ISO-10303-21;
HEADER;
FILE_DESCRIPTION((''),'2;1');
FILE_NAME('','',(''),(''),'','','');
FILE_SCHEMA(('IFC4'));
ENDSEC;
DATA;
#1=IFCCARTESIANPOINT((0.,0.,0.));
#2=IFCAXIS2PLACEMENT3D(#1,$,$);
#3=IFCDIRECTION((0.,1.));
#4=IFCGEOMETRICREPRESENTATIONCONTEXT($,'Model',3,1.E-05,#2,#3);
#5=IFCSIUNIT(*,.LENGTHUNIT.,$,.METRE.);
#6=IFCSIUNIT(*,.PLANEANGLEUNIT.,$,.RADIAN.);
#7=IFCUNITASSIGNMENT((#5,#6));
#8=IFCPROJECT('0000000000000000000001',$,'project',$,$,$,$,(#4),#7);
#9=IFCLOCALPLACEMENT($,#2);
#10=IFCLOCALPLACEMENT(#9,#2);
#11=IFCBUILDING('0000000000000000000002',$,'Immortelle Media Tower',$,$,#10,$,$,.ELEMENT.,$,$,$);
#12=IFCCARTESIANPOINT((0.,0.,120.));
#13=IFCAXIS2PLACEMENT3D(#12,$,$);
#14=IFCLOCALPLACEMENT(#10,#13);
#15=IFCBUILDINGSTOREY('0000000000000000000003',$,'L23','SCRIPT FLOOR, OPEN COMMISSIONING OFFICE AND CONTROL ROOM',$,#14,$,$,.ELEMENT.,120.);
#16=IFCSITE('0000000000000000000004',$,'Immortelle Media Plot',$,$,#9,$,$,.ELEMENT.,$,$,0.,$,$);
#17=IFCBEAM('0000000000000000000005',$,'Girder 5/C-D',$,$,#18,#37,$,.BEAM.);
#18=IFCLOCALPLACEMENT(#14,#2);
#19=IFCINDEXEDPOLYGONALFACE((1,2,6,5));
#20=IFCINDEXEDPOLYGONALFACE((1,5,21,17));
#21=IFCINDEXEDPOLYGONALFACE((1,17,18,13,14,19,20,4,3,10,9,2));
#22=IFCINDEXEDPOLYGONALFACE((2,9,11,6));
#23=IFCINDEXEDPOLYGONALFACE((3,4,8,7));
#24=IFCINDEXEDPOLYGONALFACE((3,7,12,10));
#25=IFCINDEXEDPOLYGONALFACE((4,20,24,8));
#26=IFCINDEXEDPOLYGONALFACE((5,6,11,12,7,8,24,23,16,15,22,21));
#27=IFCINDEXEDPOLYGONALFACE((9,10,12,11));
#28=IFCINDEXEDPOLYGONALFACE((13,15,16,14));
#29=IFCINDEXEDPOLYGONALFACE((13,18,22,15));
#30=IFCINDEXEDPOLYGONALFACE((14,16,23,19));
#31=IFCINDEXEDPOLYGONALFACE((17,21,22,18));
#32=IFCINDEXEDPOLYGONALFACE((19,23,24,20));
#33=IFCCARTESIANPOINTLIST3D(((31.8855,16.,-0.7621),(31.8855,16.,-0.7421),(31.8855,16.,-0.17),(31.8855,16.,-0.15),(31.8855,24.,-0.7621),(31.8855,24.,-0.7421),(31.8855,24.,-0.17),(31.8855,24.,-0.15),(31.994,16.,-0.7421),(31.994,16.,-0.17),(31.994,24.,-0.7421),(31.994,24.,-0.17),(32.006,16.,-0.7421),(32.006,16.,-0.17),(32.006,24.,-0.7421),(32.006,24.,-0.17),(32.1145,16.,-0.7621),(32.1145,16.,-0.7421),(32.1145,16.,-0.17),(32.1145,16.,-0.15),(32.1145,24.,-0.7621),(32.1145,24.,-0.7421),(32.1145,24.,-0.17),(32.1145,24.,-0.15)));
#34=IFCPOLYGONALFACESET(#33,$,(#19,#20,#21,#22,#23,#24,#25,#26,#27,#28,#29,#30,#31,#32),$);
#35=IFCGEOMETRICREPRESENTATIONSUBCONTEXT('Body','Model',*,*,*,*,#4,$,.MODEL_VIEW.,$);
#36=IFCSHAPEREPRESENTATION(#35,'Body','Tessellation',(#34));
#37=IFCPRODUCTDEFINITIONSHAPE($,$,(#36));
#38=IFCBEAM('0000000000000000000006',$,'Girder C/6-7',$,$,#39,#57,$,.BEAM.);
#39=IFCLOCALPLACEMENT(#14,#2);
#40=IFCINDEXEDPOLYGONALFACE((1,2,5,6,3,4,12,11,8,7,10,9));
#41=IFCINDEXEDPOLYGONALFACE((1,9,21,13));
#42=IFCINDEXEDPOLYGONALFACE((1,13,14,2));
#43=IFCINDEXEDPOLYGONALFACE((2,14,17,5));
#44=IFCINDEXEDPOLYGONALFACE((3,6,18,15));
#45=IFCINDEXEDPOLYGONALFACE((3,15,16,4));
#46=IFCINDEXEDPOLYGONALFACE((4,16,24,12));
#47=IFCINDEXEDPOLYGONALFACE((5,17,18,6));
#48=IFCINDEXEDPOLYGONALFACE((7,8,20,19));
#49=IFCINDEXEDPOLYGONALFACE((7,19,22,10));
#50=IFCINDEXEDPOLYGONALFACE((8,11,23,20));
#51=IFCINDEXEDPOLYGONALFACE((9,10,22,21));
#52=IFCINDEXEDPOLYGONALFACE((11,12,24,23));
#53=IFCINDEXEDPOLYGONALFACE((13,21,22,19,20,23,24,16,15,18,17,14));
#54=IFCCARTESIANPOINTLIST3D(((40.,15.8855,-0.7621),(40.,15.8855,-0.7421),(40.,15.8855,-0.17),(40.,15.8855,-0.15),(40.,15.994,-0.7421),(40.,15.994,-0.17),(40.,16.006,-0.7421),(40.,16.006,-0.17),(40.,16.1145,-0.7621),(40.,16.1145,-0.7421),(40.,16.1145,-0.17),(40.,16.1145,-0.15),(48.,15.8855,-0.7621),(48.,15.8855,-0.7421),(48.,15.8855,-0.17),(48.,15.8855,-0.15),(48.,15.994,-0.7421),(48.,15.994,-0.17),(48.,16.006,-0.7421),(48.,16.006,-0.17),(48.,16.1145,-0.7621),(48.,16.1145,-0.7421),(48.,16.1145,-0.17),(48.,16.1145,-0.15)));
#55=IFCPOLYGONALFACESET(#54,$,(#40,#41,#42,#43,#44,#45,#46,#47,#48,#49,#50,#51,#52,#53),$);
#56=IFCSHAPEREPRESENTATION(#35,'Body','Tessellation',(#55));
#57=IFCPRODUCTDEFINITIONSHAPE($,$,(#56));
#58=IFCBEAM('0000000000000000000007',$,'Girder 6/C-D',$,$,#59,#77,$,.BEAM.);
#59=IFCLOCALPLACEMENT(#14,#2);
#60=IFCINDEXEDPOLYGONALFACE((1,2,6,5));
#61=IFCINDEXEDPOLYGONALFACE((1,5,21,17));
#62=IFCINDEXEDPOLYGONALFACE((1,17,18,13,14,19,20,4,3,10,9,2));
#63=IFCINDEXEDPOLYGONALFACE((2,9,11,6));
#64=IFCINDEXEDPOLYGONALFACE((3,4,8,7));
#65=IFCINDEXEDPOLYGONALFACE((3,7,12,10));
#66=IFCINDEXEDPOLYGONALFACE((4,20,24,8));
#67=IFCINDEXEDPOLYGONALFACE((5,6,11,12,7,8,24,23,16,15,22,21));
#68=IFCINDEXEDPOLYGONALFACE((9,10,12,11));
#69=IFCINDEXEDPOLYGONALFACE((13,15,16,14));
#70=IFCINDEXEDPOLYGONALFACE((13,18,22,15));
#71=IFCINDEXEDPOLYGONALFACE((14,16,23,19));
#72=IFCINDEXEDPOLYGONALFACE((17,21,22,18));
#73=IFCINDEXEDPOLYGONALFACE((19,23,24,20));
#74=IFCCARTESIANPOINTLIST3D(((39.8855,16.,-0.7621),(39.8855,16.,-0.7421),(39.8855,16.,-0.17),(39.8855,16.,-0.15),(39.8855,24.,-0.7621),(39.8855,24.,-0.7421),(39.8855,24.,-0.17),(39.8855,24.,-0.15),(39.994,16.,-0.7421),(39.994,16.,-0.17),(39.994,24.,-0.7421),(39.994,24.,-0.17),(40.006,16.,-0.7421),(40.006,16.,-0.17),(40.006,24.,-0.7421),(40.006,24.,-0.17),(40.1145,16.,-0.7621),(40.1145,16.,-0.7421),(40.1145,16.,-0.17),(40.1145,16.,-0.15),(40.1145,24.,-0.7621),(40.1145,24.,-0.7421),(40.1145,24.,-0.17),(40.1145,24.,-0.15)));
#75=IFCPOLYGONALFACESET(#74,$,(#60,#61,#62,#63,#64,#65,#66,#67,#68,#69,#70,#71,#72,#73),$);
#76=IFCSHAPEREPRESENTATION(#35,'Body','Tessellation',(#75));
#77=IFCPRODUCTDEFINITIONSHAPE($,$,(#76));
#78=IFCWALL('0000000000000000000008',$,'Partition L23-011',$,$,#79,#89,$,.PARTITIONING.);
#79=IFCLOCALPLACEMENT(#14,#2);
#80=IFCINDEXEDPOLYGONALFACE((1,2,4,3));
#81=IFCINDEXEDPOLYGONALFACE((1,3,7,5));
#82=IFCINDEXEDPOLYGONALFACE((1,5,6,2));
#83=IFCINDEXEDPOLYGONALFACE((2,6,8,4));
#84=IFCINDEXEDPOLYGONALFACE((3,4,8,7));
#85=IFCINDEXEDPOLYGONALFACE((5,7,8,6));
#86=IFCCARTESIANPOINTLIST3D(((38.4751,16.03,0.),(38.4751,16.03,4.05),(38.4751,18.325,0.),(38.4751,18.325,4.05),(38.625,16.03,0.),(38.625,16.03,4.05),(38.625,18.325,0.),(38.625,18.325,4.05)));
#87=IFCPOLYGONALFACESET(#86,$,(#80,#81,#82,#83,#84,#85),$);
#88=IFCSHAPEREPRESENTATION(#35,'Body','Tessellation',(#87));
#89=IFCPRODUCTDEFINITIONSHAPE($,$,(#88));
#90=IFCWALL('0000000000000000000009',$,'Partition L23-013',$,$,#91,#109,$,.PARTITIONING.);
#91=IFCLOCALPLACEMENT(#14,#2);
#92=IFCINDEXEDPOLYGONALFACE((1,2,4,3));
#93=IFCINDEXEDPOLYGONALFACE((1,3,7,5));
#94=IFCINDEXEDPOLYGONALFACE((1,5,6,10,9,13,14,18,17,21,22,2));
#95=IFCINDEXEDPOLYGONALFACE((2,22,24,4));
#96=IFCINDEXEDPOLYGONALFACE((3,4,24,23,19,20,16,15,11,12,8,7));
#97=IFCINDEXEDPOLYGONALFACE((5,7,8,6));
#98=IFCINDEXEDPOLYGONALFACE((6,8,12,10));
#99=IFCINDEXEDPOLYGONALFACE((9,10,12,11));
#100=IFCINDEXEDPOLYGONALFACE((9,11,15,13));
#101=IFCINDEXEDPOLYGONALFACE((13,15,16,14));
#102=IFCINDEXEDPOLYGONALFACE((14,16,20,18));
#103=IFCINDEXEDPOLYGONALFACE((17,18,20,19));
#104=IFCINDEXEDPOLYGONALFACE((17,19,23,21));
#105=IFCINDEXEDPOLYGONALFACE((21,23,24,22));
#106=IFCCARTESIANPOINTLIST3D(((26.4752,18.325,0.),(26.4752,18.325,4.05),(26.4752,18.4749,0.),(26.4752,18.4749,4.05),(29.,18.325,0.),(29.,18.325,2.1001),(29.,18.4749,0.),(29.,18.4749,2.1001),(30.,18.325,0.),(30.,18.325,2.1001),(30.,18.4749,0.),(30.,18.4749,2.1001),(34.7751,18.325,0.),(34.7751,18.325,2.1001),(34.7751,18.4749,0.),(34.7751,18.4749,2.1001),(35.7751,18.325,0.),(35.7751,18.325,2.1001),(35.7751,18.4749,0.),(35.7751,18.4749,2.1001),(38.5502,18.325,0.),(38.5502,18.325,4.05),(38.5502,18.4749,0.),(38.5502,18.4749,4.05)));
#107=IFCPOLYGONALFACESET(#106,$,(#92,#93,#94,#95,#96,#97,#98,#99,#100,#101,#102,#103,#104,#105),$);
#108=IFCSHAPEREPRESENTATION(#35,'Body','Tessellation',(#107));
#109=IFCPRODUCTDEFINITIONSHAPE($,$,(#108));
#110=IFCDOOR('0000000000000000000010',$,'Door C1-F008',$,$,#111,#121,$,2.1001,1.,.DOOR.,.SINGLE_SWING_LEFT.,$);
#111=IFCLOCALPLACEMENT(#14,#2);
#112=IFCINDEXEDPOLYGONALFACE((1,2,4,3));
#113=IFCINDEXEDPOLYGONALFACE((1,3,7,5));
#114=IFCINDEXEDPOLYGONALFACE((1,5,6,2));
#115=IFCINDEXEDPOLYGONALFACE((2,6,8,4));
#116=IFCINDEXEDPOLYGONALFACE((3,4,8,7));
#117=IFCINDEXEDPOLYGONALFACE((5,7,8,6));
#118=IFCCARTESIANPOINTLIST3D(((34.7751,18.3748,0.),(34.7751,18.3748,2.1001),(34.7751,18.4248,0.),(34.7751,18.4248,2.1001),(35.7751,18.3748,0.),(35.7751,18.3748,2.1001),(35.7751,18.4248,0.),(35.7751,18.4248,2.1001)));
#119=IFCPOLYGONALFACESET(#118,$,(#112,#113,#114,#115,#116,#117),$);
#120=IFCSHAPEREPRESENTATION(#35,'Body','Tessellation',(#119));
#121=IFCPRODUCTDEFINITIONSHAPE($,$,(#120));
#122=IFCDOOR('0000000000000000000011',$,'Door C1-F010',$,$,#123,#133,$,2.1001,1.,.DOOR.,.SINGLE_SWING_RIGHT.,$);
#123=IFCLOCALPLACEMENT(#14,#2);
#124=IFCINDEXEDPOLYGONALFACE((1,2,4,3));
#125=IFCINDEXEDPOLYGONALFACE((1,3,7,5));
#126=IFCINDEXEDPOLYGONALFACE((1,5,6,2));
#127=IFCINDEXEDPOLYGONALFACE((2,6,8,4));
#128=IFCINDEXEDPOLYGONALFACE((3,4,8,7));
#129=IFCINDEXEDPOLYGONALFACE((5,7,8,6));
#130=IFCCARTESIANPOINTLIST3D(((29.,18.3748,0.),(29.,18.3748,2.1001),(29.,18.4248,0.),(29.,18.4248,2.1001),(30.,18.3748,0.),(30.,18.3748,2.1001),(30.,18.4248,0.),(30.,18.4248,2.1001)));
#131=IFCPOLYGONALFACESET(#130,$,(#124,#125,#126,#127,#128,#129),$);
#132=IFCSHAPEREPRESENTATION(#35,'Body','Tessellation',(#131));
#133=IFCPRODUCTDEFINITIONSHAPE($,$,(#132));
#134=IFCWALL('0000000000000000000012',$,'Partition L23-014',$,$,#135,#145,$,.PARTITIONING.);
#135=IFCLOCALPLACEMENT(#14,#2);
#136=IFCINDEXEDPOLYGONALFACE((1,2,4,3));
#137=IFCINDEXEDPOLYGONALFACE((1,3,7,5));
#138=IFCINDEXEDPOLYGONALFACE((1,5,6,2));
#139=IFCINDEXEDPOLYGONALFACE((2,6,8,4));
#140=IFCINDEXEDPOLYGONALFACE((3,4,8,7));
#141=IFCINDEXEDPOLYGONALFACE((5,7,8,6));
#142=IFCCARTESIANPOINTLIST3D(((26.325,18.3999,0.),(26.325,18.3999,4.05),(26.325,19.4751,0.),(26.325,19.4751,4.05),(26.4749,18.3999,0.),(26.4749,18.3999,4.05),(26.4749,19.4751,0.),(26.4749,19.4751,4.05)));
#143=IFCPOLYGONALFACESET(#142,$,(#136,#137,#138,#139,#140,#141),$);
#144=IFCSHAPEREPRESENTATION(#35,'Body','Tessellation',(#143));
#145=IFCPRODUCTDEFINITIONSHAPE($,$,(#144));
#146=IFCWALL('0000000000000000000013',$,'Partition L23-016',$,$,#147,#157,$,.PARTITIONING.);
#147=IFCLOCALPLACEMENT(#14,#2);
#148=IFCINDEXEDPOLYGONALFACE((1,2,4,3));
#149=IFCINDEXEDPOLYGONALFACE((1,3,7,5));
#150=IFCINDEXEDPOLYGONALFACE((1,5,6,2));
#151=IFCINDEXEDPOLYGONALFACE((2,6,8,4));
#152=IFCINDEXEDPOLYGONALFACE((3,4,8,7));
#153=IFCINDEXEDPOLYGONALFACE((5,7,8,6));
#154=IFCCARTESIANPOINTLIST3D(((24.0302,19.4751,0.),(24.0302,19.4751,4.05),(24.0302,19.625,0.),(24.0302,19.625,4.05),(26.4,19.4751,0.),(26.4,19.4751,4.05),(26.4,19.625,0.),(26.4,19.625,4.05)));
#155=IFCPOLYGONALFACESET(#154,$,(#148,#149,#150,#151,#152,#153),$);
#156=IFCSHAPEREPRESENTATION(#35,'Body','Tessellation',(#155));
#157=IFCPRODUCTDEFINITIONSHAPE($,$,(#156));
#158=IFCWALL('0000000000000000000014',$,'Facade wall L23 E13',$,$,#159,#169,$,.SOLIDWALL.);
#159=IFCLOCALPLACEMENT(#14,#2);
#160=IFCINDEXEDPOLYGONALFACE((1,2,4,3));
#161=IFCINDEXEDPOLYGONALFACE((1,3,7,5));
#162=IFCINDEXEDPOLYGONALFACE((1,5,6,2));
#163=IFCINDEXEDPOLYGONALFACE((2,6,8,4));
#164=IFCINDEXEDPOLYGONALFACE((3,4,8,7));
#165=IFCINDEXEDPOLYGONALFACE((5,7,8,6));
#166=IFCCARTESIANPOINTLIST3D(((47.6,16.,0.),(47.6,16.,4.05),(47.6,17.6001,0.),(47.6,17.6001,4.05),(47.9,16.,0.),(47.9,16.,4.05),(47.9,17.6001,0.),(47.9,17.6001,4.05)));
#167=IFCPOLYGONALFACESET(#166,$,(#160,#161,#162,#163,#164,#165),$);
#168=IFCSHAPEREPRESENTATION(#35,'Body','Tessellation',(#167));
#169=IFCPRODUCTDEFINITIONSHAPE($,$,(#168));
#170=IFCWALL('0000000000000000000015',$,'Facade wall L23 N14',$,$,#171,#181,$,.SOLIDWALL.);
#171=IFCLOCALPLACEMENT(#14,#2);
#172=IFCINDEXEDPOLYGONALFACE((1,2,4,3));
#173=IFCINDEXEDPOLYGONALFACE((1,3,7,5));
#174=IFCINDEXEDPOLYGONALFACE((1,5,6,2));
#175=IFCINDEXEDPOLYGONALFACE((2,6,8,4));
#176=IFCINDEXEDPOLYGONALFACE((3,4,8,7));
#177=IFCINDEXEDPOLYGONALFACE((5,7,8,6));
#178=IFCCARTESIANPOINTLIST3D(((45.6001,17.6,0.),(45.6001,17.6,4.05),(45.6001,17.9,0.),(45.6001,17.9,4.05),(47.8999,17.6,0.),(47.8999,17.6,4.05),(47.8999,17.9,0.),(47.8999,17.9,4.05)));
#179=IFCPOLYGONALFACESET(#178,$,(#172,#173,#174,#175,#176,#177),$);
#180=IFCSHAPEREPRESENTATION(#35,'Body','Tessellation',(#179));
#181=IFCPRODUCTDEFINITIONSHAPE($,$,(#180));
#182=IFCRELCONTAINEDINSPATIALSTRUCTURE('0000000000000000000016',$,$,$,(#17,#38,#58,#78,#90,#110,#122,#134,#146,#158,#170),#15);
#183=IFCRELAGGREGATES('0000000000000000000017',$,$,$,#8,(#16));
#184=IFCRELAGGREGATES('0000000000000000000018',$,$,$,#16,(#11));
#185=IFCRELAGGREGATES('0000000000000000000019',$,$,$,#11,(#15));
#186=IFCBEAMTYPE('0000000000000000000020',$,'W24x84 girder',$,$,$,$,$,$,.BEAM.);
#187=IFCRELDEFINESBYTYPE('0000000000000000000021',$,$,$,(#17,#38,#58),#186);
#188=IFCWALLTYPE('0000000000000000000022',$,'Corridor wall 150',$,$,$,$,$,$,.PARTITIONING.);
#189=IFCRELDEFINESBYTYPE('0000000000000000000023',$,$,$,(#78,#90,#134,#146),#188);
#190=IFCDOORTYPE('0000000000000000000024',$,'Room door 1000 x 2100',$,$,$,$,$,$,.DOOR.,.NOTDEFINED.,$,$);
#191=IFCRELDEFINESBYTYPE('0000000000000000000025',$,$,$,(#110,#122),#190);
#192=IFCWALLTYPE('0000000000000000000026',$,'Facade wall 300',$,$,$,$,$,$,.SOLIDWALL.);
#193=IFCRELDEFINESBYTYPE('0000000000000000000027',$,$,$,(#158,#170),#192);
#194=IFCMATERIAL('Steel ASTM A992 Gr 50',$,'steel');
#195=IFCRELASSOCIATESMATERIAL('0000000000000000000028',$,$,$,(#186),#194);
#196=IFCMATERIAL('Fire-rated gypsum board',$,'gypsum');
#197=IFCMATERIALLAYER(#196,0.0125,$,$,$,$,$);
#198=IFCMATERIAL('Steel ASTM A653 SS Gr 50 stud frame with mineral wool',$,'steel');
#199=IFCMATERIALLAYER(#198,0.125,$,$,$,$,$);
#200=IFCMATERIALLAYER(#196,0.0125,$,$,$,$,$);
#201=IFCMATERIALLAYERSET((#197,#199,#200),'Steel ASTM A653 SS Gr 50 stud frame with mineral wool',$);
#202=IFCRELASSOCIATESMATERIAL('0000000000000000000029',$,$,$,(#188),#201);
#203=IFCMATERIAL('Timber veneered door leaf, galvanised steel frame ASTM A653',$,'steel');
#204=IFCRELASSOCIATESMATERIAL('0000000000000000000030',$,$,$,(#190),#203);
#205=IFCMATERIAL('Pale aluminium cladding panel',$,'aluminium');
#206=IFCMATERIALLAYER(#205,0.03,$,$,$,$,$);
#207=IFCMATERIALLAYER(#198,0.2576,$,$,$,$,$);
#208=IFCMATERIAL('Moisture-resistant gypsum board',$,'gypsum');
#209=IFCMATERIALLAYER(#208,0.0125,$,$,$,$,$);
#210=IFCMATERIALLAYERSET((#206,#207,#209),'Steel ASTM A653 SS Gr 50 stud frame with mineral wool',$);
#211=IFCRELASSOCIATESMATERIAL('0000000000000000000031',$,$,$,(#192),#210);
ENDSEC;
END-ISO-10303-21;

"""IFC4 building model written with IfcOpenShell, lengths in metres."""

from ifc_helpers import new_model, si_unit, direction, frame, frame_2d, origin, origin_2d, place, context, subcontext, project, spatial, rectangle, i_section, extrude, material, layer, layer_set, material_profile, profile_set, type_object, element, fill, save


model = new_model("IFC4")

# Units and contexts
model_context = context("Model", 3, precision=1e-05, world=origin(), true_north=direction((0.0, 1.0)))
body_context = subcontext(model_context, "Body", "Model", "MODEL_VIEW")
ifc_project = project(units=[si_unit("LENGTHUNIT", "METRE"), si_unit("PLANEANGLEUNIT", "RADIAN")], contexts=[model_context])

# Site, building, storey
site_placement = place(None, origin())
site = spatial("IfcSite", under=ifc_project, at=site_placement, Name="Immortelle Media Plot", CompositionType="ELEMENT", RefElevation=0.0)
building_placement = place(site_placement, origin())
building = spatial("IfcBuilding", under=site, at=building_placement, Name="Immortelle Media Tower", CompositionType="ELEMENT")
storey_placement = place(building_placement, frame((0.0, 0.0, 120.0)))
storey = spatial("IfcBuildingStorey", under=building, at=storey_placement, Name="L23", Description="SCRIPT FLOOR, OPEN COMMISSIONING OFFICE AND CONTROL ROOM", CompositionType="ELEMENT", Elevation=120.0)

# Shared definitions
ifc_material_1 = material(Name="Steel ASTM A992 Gr 50", Category="steel")

# Beams
ifc_material_profile_1 = material_profile(ifc_material_1, i_section(OverallWidth=0.229, OverallDepth=0.6121, WebThickness=0.012, FlangeThickness=0.02, at=origin_2d()), Name="W24x84")
ifc_profile_set_1 = profile_set([ifc_material_profile_1], Name="Steel ASTM A992 Gr 50")
beam_type_1 = type_object("IfcBeamType", Name="W24x84 girder", PredefinedType="BEAM", material=ifc_profile_set_1)
for number, where, z_axis, x_axis, name in (
    (1, (32.0, 16.0, -0.4561), (0.0, 1.0, 0.0), (-1.0, 0.0, 0.0), "Girder 5/C-D"),
    (2, (40.0, 16.0, -0.4561), (1.0, 0.0, 0.0), (0.0, 1.0, 0.0), "Girder C/6-7"),
    (3, (40.0, 16.0, -0.4561), (0.0, 1.0, 0.0), (-1.0, 0.0, 0.0), "Girder 6/C-D"),
):
    element("IfcBeam", number, at=place(storey_placement, frame(where, z_axis=z_axis, x_axis=x_axis)), inside=storey, type_object=beam_type_1, Name=name, PredefinedType="BEAM", context=body_context, shape_type="SweptSolid", body=[
        extrude(i_section(OverallWidth=0.229, OverallDepth=0.6121, WebThickness=0.012, FlangeThickness=0.02, at=origin_2d()), origin(), (0.0, 0.0, 1.0), 8.0),
    ])

# Wall
ifc_material_2 = material(Name="Fire-rated gypsum board", Category="gypsum")
ifc_layer_1 = layer(ifc_material_2, 0.0125)
ifc_material_3 = material(Name="Steel ASTM A653 SS Gr 50 stud frame with mineral wool", Category="steel")
ifc_layer_2 = layer(ifc_material_3, 0.125)
ifc_layer_3 = layer(ifc_material_2, 0.0125)
ifc_layer_set_1 = layer_set([ifc_layer_1, ifc_layer_2, ifc_layer_3], Name="Steel ASTM A653 SS Gr 50 stud frame with mineral wool")
wall_type_1 = type_object("IfcWallType", Name="Corridor wall 150", PredefinedType="PARTITIONING", material=ifc_layer_set_1)
wall_1_placement = place(storey_placement, frame((38.55, 16.03, 0.0), z_axis=(0.0, 0.0, 1.0), x_axis=(0.0, 1.0, 0.0)))
element("IfcWall", 4, at=wall_1_placement, inside=storey, type_object=wall_type_1, Name="Partition L23-011", PredefinedType="PARTITIONING", context=body_context, shape_type="SweptSolid", body=[
    extrude(rectangle(XDim=2.2949, YDim=0.1499, at=frame_2d((1.1475, 0.0))), origin(), (0.0, 0.0, 1.0), 4.05),
])

# Wall, openings, doors
wall_2_placement = place(storey_placement, frame((26.4751, 18.3999, 0.0), z_axis=(0.0, 0.0, 1.0), x_axis=(1.0, 0.0, 0.0)))
wall_2 = element("IfcWall", 5, at=wall_2_placement, inside=storey, type_object=wall_type_1, Name="Partition L23-013", PredefinedType="PARTITIONING", context=body_context, shape_type="SweptSolid", body=[
    extrude(rectangle(XDim=12.075, YDim=0.1499, at=frame_2d((6.0376, 0.0))), origin(), (0.0, 0.0, 1.0), 4.05),
])
opening_1_placement = place(wall_2_placement, frame((8.3, 0.0, 0.0)))
opening_1 = element("IfcOpeningElement", 6, at=opening_1_placement, cuts=wall_2, PredefinedType="OPENING", context=body_context, shape_type="SweptSolid", body=[
    extrude(rectangle(XDim=1.0, YDim=2.1001, at=frame_2d((0.5, 1.05))), frame((0.0, 0.085, 0.0), z_axis=(0.0, -1.0, 0.0), x_axis=(1.0, 0.0, 0.0)), (0.0, 0.0, 1.0), 0.1699),
])
opening_2_placement = place(wall_2_placement, frame((2.5249, 0.0, 0.0)))
opening_2 = element("IfcOpeningElement", 7, at=opening_2_placement, cuts=wall_2, PredefinedType="OPENING", context=body_context, shape_type="SweptSolid", body=[
    extrude(rectangle(XDim=1.0, YDim=2.1001, at=frame_2d((0.5, 1.05))), frame((0.0, 0.085, 0.0), z_axis=(0.0, -1.0, 0.0), x_axis=(1.0, 0.0, 0.0)), (0.0, 0.0, 1.0), 0.1699),
])
ifc_material_4 = material(Name="Timber veneered door leaf, galvanised steel frame ASTM A653", Category="steel")
door_type_1 = type_object("IfcDoorType", Name="Room door 1000 x 2100", OperationType="NOTDEFINED", PredefinedType="DOOR", material=ifc_material_4)
door_1_placement = place(opening_1_placement, origin())
door_1 = element("IfcDoor", 8, at=door_1_placement, inside=storey, type_object=door_type_1, Name="Door C1-F008", OperationType="SINGLE_SWING_LEFT", OverallHeight=2.1001, OverallWidth=1.0, PredefinedType="DOOR", context=body_context, shape_type="SweptSolid", body=[
    extrude(rectangle(XDim=1.0, YDim=2.1001, at=frame_2d((0.5, 1.05))), frame((0.0, 0.0249, 0.0), z_axis=(0.0, -1.0, 0.0), x_axis=(1.0, 0.0, 0.0)), (0.0, 0.0, 1.0), 0.05),
])
fill(opening_1, door_1)
door_2_placement = place(opening_2_placement, origin())
door_2 = element("IfcDoor", 9, at=door_2_placement, inside=storey, type_object=door_type_1, Name="Door C1-F010", OperationType="SINGLE_SWING_RIGHT", OverallHeight=2.1001, OverallWidth=1.0, PredefinedType="DOOR", context=body_context, shape_type="SweptSolid", body=[
    extrude(rectangle(XDim=1.0, YDim=2.1001, at=frame_2d((0.5, 1.05))), frame((0.0, 0.0249, 0.0), z_axis=(0.0, -1.0, 0.0), x_axis=(1.0, 0.0, 0.0)), (0.0, 0.0, 1.0), 0.05),
])
fill(opening_2, door_2)

# Walls
wall_3_placement = place(storey_placement, frame((26.3999, 18.3999, 0.0), z_axis=(0.0, 0.0, 1.0), x_axis=(0.0, 1.0, 0.0)))
element("IfcWall", 10, at=wall_3_placement, inside=storey, type_object=wall_type_1, Name="Partition L23-014", PredefinedType="PARTITIONING", context=body_context, shape_type="SweptSolid", body=[
    extrude(rectangle(XDim=1.0752, YDim=0.1499, at=frame_2d((0.5376, 0.0))), origin(), (0.0, 0.0, 1.0), 4.05),
])
wall_4_placement = place(storey_placement, frame((24.03, 19.55, 0.0), z_axis=(0.0, 0.0, 1.0), x_axis=(1.0, 0.0, 0.0)))
element("IfcWall", 11, at=wall_4_placement, inside=storey, type_object=wall_type_1, Name="Partition L23-016", PredefinedType="PARTITIONING", context=body_context, shape_type="SweptSolid", body=[
    extrude(rectangle(XDim=2.3699, YDim=0.1499, at=frame_2d((1.1851, 0.0))), origin(), (0.0, 0.0, 1.0), 4.05),
])
ifc_material_5 = material(Name="Pale aluminium cladding panel", Category="aluminium")
ifc_layer_4 = layer(ifc_material_5, 0.03)
ifc_layer_5 = layer(ifc_material_3, 0.2576)
ifc_material_6 = material(Name="Moisture-resistant gypsum board", Category="gypsum")
ifc_layer_6 = layer(ifc_material_6, 0.0125)
ifc_layer_set_2 = layer_set([ifc_layer_4, ifc_layer_5, ifc_layer_6], Name="Steel ASTM A653 SS Gr 50 stud frame with mineral wool")
wall_type_2 = type_object("IfcWallType", Name="Facade wall 300", PredefinedType="SOLIDWALL", material=ifc_layer_set_2)
wall_5_placement = place(storey_placement, frame((47.75, 16.0, 0.0), z_axis=(0.0, 0.0, 1.0), x_axis=(0.0, 1.0, 0.0)))
element("IfcWall", 12, at=wall_5_placement, inside=storey, type_object=wall_type_2, Name="Facade wall L23 E13", PredefinedType="SOLIDWALL", context=body_context, shape_type="SweptSolid", body=[
    extrude(rectangle(XDim=1.6001, YDim=0.3, at=frame_2d((0.8, 0.0))), origin(), (0.0, 0.0, 1.0), 4.05),
])
wall_6_placement = place(storey_placement, frame((47.8999, 17.75, 0.0), z_axis=(0.0, 0.0, 1.0), x_axis=(-1.0, 0.0, 0.0)))
element("IfcWall", 13, at=wall_6_placement, inside=storey, type_object=wall_type_2, Name="Facade wall L23 N14", PredefinedType="SOLIDWALL", context=body_context, shape_type="SweptSolid", body=[
    extrude(rectangle(XDim=2.2998, YDim=0.3, at=frame_2d((1.1499, 0.0))), origin(), (0.0, 0.0, 1.0), 4.05),
])

save(model, "model.ifc")
